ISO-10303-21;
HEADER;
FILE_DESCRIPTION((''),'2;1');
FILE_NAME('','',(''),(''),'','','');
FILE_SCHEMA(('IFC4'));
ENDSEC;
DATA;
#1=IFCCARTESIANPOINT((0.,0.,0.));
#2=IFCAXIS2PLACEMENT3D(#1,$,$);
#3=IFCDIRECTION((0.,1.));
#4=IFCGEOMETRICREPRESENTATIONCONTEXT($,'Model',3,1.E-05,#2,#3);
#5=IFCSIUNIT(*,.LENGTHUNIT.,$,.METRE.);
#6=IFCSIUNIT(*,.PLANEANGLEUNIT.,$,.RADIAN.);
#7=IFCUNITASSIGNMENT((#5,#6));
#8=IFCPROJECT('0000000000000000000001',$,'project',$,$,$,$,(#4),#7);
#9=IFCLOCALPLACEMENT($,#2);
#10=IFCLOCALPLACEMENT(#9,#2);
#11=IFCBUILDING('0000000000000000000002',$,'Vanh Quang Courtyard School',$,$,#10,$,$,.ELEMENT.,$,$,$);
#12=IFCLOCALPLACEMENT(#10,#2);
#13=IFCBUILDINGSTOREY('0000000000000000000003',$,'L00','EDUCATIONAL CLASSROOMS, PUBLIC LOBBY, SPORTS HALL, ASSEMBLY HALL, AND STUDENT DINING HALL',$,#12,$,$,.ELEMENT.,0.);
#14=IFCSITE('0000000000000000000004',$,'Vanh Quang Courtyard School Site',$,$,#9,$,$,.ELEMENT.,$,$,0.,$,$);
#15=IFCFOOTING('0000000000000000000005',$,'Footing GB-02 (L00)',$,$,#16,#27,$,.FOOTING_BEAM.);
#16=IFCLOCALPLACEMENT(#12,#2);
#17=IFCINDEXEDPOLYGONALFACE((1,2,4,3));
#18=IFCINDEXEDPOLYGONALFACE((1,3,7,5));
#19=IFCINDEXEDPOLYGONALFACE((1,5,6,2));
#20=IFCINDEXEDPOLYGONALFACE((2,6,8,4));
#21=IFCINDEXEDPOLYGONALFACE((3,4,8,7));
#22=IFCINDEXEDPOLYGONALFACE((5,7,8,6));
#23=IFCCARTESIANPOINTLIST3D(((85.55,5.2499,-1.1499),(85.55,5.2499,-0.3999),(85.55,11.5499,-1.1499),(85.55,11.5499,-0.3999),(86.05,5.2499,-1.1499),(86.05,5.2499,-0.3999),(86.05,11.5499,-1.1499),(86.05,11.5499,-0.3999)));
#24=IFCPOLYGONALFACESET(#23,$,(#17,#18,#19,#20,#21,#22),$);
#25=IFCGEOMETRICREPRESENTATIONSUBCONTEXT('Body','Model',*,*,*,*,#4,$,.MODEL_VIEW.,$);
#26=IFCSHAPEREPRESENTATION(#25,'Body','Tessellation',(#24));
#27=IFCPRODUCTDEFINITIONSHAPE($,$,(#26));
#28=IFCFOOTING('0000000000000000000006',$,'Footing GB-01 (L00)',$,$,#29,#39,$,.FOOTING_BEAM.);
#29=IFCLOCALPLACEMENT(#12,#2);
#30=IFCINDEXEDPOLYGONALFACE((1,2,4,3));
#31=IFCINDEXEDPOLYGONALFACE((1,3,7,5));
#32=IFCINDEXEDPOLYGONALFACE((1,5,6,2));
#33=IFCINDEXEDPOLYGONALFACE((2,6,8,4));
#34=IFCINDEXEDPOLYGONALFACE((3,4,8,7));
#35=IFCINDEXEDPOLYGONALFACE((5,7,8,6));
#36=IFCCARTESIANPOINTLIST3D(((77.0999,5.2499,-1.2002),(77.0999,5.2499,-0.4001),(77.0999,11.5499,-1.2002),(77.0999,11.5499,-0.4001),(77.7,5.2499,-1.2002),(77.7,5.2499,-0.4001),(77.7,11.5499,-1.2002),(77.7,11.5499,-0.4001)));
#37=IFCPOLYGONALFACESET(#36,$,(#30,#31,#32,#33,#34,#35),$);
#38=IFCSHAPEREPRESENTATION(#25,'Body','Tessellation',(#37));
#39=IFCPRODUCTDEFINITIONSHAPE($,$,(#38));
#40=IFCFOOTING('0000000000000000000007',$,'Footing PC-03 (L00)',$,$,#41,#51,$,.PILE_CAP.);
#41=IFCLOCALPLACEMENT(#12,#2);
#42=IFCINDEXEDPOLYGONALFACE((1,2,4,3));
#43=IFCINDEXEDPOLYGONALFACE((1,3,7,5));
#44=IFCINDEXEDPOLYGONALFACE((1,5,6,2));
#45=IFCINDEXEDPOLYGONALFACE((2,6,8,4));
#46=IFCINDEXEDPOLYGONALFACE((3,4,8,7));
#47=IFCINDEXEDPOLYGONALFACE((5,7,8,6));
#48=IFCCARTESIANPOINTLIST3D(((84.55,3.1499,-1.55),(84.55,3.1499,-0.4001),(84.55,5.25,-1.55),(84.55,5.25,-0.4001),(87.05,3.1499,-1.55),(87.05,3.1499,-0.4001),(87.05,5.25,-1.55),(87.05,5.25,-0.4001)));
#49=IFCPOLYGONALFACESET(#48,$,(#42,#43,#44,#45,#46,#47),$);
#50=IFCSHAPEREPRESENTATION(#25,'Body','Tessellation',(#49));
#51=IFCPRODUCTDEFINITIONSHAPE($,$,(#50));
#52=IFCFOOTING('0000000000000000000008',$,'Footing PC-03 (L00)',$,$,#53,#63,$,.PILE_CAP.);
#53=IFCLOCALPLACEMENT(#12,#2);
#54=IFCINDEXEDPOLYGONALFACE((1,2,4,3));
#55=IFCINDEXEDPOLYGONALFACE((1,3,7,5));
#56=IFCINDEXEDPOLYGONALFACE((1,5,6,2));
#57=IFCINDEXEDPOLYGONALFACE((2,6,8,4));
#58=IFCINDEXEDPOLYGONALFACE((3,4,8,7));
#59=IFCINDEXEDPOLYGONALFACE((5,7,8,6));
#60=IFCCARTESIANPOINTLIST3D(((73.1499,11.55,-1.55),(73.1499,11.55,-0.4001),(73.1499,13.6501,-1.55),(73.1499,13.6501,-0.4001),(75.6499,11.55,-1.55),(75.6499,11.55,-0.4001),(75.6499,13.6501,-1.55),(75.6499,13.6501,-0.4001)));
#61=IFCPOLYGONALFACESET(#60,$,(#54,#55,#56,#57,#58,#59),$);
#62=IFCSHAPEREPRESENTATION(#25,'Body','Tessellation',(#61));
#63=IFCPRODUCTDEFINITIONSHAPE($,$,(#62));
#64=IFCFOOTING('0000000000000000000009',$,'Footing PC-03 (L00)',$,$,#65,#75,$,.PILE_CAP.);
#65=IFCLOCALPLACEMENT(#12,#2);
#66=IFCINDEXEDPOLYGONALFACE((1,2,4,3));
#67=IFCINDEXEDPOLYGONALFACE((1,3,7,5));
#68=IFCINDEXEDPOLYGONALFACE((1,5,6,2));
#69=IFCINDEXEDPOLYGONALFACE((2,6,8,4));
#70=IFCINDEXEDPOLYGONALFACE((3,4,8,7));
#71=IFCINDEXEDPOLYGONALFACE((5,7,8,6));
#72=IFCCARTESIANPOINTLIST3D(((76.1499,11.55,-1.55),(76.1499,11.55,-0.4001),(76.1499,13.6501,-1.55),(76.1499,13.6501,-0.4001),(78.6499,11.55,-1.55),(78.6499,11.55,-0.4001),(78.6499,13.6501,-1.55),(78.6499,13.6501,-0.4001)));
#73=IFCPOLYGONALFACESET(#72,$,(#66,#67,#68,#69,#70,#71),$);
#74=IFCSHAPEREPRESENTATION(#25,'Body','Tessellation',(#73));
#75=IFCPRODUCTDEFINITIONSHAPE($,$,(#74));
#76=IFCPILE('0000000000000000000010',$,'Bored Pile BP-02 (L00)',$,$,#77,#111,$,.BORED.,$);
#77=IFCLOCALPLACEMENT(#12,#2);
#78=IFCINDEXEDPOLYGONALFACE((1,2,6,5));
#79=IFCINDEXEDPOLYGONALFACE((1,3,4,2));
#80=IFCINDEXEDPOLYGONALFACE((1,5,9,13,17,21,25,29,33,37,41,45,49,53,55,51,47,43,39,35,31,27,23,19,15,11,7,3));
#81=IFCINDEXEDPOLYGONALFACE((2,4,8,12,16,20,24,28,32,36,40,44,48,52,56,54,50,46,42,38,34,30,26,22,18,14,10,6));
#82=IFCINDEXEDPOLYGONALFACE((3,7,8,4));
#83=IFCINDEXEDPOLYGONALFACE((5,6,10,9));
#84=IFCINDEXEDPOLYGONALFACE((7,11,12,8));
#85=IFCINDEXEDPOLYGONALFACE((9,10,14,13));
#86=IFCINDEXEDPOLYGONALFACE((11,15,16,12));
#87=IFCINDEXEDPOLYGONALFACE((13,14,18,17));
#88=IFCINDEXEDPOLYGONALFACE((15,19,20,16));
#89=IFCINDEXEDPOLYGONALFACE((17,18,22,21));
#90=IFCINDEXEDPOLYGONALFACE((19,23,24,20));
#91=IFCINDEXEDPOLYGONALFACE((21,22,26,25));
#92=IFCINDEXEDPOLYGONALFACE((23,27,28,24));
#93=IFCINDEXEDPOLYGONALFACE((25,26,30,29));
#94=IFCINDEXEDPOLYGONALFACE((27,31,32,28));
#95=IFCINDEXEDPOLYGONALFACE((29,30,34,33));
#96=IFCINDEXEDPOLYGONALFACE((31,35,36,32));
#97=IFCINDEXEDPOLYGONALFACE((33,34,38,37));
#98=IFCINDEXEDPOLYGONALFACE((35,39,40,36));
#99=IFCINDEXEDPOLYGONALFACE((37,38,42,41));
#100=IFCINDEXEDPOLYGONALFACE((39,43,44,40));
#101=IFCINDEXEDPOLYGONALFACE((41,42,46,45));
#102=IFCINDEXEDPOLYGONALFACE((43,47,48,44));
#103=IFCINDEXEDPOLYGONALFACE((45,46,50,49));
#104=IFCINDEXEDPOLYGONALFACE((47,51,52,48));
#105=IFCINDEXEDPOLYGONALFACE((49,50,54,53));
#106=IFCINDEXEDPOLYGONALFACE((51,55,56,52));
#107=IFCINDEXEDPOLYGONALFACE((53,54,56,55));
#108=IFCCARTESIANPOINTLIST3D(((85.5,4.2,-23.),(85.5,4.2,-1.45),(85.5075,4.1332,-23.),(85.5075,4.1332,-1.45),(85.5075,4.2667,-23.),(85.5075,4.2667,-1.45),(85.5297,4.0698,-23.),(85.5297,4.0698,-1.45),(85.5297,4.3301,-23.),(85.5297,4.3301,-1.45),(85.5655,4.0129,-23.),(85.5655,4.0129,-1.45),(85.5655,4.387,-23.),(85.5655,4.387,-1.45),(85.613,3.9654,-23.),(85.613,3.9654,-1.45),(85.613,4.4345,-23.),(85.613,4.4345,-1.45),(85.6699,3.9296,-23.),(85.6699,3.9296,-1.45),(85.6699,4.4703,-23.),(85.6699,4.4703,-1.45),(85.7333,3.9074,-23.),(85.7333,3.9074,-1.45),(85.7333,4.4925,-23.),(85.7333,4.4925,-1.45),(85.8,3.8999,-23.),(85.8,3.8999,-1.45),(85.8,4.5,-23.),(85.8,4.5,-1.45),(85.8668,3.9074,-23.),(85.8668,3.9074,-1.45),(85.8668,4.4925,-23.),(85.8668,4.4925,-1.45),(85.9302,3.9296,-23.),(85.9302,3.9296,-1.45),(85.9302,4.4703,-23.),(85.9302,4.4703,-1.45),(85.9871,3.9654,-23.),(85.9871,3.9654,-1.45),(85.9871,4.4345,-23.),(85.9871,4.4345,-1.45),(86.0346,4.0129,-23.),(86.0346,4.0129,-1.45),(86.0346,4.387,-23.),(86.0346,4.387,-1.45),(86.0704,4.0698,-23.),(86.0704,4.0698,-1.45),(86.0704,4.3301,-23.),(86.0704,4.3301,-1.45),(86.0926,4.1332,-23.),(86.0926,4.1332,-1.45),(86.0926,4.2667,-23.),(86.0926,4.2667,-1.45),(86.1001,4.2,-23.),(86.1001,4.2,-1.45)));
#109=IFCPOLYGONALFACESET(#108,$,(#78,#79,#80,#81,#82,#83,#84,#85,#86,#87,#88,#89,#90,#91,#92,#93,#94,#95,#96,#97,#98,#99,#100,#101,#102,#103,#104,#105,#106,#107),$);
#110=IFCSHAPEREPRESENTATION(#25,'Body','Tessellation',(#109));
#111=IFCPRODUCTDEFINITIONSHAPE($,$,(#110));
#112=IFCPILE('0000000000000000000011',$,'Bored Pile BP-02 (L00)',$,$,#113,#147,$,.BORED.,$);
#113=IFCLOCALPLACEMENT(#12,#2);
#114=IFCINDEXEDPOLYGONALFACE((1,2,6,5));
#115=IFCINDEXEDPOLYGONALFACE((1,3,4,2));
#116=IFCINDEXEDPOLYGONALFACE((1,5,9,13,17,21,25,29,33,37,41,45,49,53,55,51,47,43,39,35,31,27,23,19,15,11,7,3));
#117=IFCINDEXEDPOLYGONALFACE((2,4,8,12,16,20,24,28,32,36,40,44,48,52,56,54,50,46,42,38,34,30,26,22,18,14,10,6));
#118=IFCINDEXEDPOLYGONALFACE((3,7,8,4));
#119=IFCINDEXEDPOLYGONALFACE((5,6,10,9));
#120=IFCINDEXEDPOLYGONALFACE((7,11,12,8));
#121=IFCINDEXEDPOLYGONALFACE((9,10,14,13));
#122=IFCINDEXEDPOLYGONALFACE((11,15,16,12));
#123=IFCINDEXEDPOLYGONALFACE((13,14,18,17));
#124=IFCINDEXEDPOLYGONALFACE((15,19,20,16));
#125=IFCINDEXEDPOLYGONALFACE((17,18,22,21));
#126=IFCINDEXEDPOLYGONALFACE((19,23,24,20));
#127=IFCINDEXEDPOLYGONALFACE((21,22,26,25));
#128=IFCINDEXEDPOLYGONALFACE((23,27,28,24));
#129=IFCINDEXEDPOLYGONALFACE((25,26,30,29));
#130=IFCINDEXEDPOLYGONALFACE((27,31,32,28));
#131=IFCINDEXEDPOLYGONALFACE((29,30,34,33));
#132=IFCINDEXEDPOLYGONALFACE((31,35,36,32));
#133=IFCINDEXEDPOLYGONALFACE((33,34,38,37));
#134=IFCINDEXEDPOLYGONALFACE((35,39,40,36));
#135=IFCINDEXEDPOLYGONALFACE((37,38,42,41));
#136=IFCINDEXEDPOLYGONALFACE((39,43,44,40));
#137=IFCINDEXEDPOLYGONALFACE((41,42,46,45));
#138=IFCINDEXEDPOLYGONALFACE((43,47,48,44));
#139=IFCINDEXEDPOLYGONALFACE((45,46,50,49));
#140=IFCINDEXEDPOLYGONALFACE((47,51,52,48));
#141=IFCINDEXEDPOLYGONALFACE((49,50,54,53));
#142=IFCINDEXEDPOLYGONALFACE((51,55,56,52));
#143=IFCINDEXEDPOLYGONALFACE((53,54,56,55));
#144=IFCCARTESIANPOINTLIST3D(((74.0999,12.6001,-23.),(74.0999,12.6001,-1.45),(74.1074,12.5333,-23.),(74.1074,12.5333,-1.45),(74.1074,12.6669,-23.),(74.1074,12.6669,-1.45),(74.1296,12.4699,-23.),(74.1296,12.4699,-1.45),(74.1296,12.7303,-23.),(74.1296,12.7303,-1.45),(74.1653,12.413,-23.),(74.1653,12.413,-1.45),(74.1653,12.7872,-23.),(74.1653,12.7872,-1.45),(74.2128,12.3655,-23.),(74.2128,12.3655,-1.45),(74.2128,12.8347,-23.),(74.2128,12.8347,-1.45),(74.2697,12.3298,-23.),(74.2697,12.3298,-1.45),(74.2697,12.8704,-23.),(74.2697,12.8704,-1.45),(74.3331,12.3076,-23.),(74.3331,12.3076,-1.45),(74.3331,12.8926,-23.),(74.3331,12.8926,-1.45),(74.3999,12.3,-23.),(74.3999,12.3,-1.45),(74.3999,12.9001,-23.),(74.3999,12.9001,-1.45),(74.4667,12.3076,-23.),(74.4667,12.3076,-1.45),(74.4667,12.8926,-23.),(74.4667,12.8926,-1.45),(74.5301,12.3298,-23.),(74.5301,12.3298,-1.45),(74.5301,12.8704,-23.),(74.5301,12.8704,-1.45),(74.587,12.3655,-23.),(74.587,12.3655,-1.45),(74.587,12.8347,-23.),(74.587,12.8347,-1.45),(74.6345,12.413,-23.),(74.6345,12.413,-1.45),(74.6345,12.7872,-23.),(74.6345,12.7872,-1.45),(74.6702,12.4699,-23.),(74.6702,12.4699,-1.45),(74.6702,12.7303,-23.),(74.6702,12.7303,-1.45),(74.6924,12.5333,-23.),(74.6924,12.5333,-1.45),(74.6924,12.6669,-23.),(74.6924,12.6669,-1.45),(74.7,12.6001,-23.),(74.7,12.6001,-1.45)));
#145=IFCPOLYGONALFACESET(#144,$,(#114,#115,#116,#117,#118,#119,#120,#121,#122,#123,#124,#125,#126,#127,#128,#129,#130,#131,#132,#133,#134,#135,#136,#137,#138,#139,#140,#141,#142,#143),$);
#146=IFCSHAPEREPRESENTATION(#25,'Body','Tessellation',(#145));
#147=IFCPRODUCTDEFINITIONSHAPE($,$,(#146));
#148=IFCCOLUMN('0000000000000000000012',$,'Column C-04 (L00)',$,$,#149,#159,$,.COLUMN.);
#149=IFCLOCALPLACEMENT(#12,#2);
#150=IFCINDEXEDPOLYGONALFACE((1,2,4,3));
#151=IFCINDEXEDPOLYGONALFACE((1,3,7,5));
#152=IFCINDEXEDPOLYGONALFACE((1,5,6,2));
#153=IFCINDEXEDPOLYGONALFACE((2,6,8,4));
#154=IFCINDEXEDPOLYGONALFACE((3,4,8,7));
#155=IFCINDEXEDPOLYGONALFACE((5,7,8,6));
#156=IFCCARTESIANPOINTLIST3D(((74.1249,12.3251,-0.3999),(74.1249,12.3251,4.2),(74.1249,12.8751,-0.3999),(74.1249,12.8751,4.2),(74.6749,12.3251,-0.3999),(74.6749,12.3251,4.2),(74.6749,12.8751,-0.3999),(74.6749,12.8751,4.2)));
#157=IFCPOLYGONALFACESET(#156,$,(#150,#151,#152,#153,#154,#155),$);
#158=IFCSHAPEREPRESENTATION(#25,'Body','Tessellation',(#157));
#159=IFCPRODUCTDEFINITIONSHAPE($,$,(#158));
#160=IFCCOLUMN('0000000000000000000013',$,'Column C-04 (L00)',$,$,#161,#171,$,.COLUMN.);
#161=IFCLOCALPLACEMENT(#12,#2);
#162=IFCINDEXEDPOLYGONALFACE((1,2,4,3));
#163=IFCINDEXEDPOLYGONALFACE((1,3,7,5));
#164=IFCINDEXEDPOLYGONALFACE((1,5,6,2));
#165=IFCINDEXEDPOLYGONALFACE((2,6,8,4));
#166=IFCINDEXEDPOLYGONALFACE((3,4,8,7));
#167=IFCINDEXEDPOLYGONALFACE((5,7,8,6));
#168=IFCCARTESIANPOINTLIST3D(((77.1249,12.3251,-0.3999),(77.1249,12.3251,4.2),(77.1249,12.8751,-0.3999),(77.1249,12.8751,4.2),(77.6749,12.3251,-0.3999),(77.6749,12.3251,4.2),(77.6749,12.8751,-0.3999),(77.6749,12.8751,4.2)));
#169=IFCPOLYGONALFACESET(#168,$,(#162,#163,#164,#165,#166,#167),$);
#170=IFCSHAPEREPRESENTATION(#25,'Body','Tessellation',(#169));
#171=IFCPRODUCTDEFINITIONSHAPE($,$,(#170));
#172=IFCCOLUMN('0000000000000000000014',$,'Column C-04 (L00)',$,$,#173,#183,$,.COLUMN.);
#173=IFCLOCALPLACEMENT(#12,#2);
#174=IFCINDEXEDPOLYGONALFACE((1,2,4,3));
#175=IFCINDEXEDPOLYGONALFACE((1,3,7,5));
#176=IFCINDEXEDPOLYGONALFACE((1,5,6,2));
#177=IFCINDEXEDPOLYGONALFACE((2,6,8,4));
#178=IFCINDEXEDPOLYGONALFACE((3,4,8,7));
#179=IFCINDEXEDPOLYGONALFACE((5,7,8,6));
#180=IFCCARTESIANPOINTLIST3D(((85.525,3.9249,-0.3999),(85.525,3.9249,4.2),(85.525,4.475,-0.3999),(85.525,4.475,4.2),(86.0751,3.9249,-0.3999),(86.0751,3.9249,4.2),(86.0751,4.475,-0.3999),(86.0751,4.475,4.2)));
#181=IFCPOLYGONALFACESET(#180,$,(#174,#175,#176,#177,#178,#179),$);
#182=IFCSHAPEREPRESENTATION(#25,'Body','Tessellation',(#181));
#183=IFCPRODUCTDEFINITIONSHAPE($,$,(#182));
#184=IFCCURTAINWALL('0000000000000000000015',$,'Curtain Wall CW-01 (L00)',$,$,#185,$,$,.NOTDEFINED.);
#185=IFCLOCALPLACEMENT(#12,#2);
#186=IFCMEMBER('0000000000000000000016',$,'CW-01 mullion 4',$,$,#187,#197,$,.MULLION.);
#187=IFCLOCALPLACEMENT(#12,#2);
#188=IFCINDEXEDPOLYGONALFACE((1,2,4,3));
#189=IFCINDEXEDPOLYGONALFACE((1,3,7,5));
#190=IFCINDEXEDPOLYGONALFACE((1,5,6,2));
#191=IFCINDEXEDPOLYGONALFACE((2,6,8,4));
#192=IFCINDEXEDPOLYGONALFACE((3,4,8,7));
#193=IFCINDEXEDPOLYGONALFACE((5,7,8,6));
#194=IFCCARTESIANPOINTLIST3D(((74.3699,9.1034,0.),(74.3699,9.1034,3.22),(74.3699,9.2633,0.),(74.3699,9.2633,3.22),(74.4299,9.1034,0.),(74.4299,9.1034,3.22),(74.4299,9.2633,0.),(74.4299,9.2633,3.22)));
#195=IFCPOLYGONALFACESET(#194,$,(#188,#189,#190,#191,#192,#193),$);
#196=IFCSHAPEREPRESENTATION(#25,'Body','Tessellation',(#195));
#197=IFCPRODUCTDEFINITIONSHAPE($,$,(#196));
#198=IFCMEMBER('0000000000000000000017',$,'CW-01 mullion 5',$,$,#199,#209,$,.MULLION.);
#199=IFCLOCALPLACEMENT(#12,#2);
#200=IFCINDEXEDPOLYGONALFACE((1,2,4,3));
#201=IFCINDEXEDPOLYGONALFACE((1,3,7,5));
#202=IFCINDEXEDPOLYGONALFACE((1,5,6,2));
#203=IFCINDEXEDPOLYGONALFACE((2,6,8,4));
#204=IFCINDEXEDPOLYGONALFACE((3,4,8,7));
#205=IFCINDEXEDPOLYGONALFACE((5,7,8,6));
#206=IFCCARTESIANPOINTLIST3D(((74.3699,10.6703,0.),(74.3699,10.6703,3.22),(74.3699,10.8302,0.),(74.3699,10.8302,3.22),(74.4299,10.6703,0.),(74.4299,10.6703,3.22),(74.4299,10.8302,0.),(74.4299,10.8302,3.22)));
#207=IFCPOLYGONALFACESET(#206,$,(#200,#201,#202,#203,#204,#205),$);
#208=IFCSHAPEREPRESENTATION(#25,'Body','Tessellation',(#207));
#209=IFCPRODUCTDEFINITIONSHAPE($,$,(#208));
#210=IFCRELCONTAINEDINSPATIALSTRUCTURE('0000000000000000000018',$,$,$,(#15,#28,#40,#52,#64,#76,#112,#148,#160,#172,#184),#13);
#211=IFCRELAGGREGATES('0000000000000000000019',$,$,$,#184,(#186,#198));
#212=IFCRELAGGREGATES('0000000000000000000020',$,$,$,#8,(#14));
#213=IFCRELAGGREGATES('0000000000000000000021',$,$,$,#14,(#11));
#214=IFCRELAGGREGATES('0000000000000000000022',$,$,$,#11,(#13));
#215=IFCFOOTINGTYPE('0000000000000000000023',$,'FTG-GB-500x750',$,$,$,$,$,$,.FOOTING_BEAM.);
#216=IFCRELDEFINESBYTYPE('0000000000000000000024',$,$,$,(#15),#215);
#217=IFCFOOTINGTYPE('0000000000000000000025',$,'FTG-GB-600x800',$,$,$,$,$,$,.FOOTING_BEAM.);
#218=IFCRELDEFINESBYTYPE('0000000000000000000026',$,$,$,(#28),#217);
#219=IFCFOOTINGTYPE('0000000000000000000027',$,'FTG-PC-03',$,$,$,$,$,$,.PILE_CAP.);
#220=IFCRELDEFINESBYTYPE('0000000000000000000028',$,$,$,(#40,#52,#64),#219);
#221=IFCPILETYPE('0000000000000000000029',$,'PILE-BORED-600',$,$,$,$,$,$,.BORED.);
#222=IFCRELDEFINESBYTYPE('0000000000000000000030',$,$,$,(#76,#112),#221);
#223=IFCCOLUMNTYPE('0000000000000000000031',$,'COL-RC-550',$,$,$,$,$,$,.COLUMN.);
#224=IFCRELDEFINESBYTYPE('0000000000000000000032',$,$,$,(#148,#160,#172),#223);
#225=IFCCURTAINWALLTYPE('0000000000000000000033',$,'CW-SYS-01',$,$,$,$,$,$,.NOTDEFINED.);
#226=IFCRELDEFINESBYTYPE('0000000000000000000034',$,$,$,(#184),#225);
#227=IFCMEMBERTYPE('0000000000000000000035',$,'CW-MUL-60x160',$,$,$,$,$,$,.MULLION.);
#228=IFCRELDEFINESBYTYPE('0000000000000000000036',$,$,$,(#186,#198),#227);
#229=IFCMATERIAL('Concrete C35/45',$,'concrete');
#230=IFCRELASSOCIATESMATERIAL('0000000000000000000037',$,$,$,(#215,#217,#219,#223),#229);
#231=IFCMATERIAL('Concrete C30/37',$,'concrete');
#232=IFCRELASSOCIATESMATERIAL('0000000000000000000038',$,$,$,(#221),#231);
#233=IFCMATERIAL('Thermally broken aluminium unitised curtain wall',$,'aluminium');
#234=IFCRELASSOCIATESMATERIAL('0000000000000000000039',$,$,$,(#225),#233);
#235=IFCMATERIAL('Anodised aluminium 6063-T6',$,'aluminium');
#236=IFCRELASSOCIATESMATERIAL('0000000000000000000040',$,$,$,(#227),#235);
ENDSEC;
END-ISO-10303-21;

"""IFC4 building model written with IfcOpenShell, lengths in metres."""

from ifc_helpers import new_model, si_unit, direction, frame, origin, origin_2d, place, context, subcontext, project, spatial, rectangle, circle, extrude, material, material_profile, profile_set, type_object, element, aggregate, save


model = new_model("IFC4")

# Units and contexts
model_context = context("Model", 3, precision=1e-05, world=origin(), true_north=direction((0.0, 1.0)))
body_context = subcontext(model_context, "Body", "Model", "MODEL_VIEW")
ifc_project = project(units=[si_unit("LENGTHUNIT", "METRE"), si_unit("PLANEANGLEUNIT", "RADIAN")], contexts=[model_context])

# Site, building, storey
site_placement = place(None, origin())
site = spatial("IfcSite", under=ifc_project, at=site_placement, Name="Vanh Quang Courtyard School Site", CompositionType="ELEMENT", RefElevation=0.0)
building_placement = place(site_placement, origin())
building = spatial("IfcBuilding", under=site, at=building_placement, Name="Vanh Quang Courtyard School", CompositionType="ELEMENT")
storey_placement = place(building_placement, origin())
storey = spatial("IfcBuildingStorey", under=building, at=storey_placement, Name="L00", Description="EDUCATIONAL CLASSROOMS, PUBLIC LOBBY, SPORTS HALL, ASSEMBLY HALL, AND STUDENT DINING HALL", CompositionType="ELEMENT", Elevation=0.0)

# Footings
ifc_material_1 = material(Name="Concrete C35/45", Category="concrete")
footing_type_1 = type_object("IfcFootingType", Name="FTG-GB-500x750", PredefinedType="FOOTING_BEAM", material=ifc_material_1)
footing_1_placement = place(storey_placement, frame((85.8, 8.3999, -1.1499), z_axis=(0.0, 0.0, 1.0), x_axis=(0.0, 1.0, 0.0)))
element("IfcFooting", 1, at=footing_1_placement, inside=storey, type_object=footing_type_1, Name="Footing GB-02 (L00)", PredefinedType="FOOTING_BEAM", context=body_context, shape_type="SweptSolid", body=[
    extrude(rectangle(XDim=6.3, YDim=0.5, at=origin_2d()), origin(), (0.0, 0.0, 1.0), 0.75),
])
footing_type_2 = type_object("IfcFootingType", Name="FTG-GB-600x800", PredefinedType="FOOTING_BEAM", material=ifc_material_1)
footing_2_placement = place(storey_placement, frame((77.3999, 8.3999, -1.2002), z_axis=(0.0, 0.0, 1.0), x_axis=(0.0, 1.0, 0.0)))
element("IfcFooting", 2, at=footing_2_placement, inside=storey, type_object=footing_type_2, Name="Footing GB-01 (L00)", PredefinedType="FOOTING_BEAM", context=body_context, shape_type="SweptSolid", body=[
    extrude(rectangle(XDim=6.3, YDim=0.6001, at=origin_2d()), origin(), (0.0, 0.0, 1.0), 0.8),
])
footing_type_3 = type_object("IfcFootingType", Name="FTG-PC-03", PredefinedType="PILE_CAP", material=ifc_material_1)
for number, where, z_axis, x_axis, name in (
    (3, (85.8, 4.2, -1.55), (0.0, 0.0, 1.0), (1.0, 0.0, 0.0), "Footing PC-03 (L00)"),
    (4, (74.3999, 12.6001, -1.55), (0.0, 0.0, 1.0), (1.0, 0.0, 0.0), "Footing PC-03 (L00)"),
    (5, (77.3999, 12.6001, -1.55), (0.0, 0.0, 1.0), (1.0, 0.0, 0.0), "Footing PC-03 (L00)"),
):
    element("IfcFooting", number, at=place(storey_placement, frame(where, z_axis=z_axis, x_axis=x_axis)), inside=storey, type_object=footing_type_3, Name=name, PredefinedType="PILE_CAP", context=body_context, shape_type="SweptSolid", body=[
        extrude(rectangle(XDim=2.5, YDim=2.1001, at=origin_2d()), origin(), (0.0, 0.0, 1.0), 1.1499),
    ])

# Piles
ifc_material_2 = material(Name="Concrete C30/37", Category="concrete")
ifc_material_profile_1 = material_profile(ifc_material_2, circle(Radius=0.3, at=origin_2d()), Name="PILE D600")
ifc_profile_set_1 = profile_set([ifc_material_profile_1], Name="Concrete C30/37")
pile_type = type_object("IfcPileType", Name="PILE-BORED-600", PredefinedType="BORED", material=ifc_profile_set_1)
for number, where, z_axis, x_axis, name in (
    (6, (85.8, 4.2, -1.45), (0.0, 0.0, -1.0), (1.0, 0.0, 0.0), "Bored Pile BP-02 (L00)"),
    (7, (74.3999, 12.6001, -1.45), (0.0, 0.0, -1.0), (1.0, 0.0, 0.0), "Bored Pile BP-02 (L00)"),
):
    element("IfcPile", number, at=place(storey_placement, frame(where, z_axis=z_axis, x_axis=x_axis)), inside=storey, type_object=pile_type, Name=name, PredefinedType="BORED", context=body_context, shape_type="SweptSolid", body=[
        extrude(circle(Radius=0.3, at=origin_2d()), origin(), (0.0, 0.0, 1.0), 21.55),
    ])

# Columns
ifc_material_profile_2 = material_profile(ifc_material_1, rectangle(XDim=0.55, YDim=0.55, at=origin_2d()), Name="RC-COL 550x550")
ifc_profile_set_2 = profile_set([ifc_material_profile_2], Name="Concrete C35/45")
column_type = type_object("IfcColumnType", Name="COL-RC-550", PredefinedType="COLUMN", material=ifc_profile_set_2)
for number, where, z_axis, x_axis, name in (
    (8, (74.3999, 12.6001, -0.3999), (0.0, 0.0, 1.0), (1.0, 0.0, 0.0), "Column C-04 (L00)"),
    (9, (77.3999, 12.6001, -0.3999), (0.0, 0.0, 1.0), (1.0, 0.0, 0.0), "Column C-04 (L00)"),
    (10, (85.8, 4.2, -0.3999), (0.0, 0.0, 1.0), (1.0, 0.0, 0.0), "Column C-04 (L00)"),
):
    element("IfcColumn", number, at=place(storey_placement, frame(where, z_axis=z_axis, x_axis=x_axis)), inside=storey, type_object=column_type, Name=name, PredefinedType="COLUMN", context=body_context, shape_type="SweptSolid", body=[
        extrude(rectangle(XDim=0.55, YDim=0.55, at=origin_2d()), origin(), (0.0, 0.0, 1.0), 4.5999),
    ])

# Curtain wall, members
ifc_material_3 = material(Name="Thermally broken aluminium unitised curtain wall", Category="aluminium")
curtain_wall_type = type_object("IfcCurtainWallType", Name="CW-SYS-01", PredefinedType="NOTDEFINED", material=ifc_material_3)
curtain_wall_placement = place(storey_placement, origin())
curtain_wall = element("IfcCurtainWall", 11, at=curtain_wall_placement, inside=storey, type_object=curtain_wall_type, Name="Curtain Wall CW-01 (L00)", PredefinedType="NOTDEFINED")
ifc_material_4 = material(Name="Anodised aluminium 6063-T6", Category="aluminium")
ifc_material_profile_3 = material_profile(ifc_material_4, rectangle(XDim=0.0601, YDim=0.1599, at=origin_2d()), Name="ALU-MUL 60x160")
ifc_profile_set_3 = profile_set([ifc_material_profile_3], Name="Anodised aluminium 6063-T6")
member_type_1 = type_object("IfcMemberType", Name="CW-MUL-60x160", PredefinedType="MULLION", material=ifc_profile_set_3)
member_1_placement = place(storey_placement, frame((74.3999, 9.1833, 0.0), z_axis=(0.0, 0.0, 1.0), x_axis=(-1.0, 0.0, 0.0)))
member_1 = element("IfcMember", 12, at=member_1_placement, type_object=member_type_1, Name="CW-01 mullion 4", PredefinedType="MULLION", context=body_context, shape_type="SweptSolid", body=[
    extrude(rectangle(XDim=0.0601, YDim=0.1599, at=origin_2d()), origin(), (0.0, 0.0, 1.0), 3.22),
])
member_2_placement = place(storey_placement, frame((74.3999, 10.7502, 0.0), z_axis=(0.0, 0.0, 1.0), x_axis=(-1.0, 0.0, 0.0)))
member_2 = element("IfcMember", 13, at=member_2_placement, type_object=member_type_1, Name="CW-01 mullion 5", PredefinedType="MULLION", context=body_context, shape_type="SweptSolid", body=[
    extrude(rectangle(XDim=0.0601, YDim=0.1599, at=origin_2d()), origin(), (0.0, 0.0, 1.0), 3.22),
])
aggregate(curtain_wall, [member_1, member_2])

save(model, "model.ifc")
